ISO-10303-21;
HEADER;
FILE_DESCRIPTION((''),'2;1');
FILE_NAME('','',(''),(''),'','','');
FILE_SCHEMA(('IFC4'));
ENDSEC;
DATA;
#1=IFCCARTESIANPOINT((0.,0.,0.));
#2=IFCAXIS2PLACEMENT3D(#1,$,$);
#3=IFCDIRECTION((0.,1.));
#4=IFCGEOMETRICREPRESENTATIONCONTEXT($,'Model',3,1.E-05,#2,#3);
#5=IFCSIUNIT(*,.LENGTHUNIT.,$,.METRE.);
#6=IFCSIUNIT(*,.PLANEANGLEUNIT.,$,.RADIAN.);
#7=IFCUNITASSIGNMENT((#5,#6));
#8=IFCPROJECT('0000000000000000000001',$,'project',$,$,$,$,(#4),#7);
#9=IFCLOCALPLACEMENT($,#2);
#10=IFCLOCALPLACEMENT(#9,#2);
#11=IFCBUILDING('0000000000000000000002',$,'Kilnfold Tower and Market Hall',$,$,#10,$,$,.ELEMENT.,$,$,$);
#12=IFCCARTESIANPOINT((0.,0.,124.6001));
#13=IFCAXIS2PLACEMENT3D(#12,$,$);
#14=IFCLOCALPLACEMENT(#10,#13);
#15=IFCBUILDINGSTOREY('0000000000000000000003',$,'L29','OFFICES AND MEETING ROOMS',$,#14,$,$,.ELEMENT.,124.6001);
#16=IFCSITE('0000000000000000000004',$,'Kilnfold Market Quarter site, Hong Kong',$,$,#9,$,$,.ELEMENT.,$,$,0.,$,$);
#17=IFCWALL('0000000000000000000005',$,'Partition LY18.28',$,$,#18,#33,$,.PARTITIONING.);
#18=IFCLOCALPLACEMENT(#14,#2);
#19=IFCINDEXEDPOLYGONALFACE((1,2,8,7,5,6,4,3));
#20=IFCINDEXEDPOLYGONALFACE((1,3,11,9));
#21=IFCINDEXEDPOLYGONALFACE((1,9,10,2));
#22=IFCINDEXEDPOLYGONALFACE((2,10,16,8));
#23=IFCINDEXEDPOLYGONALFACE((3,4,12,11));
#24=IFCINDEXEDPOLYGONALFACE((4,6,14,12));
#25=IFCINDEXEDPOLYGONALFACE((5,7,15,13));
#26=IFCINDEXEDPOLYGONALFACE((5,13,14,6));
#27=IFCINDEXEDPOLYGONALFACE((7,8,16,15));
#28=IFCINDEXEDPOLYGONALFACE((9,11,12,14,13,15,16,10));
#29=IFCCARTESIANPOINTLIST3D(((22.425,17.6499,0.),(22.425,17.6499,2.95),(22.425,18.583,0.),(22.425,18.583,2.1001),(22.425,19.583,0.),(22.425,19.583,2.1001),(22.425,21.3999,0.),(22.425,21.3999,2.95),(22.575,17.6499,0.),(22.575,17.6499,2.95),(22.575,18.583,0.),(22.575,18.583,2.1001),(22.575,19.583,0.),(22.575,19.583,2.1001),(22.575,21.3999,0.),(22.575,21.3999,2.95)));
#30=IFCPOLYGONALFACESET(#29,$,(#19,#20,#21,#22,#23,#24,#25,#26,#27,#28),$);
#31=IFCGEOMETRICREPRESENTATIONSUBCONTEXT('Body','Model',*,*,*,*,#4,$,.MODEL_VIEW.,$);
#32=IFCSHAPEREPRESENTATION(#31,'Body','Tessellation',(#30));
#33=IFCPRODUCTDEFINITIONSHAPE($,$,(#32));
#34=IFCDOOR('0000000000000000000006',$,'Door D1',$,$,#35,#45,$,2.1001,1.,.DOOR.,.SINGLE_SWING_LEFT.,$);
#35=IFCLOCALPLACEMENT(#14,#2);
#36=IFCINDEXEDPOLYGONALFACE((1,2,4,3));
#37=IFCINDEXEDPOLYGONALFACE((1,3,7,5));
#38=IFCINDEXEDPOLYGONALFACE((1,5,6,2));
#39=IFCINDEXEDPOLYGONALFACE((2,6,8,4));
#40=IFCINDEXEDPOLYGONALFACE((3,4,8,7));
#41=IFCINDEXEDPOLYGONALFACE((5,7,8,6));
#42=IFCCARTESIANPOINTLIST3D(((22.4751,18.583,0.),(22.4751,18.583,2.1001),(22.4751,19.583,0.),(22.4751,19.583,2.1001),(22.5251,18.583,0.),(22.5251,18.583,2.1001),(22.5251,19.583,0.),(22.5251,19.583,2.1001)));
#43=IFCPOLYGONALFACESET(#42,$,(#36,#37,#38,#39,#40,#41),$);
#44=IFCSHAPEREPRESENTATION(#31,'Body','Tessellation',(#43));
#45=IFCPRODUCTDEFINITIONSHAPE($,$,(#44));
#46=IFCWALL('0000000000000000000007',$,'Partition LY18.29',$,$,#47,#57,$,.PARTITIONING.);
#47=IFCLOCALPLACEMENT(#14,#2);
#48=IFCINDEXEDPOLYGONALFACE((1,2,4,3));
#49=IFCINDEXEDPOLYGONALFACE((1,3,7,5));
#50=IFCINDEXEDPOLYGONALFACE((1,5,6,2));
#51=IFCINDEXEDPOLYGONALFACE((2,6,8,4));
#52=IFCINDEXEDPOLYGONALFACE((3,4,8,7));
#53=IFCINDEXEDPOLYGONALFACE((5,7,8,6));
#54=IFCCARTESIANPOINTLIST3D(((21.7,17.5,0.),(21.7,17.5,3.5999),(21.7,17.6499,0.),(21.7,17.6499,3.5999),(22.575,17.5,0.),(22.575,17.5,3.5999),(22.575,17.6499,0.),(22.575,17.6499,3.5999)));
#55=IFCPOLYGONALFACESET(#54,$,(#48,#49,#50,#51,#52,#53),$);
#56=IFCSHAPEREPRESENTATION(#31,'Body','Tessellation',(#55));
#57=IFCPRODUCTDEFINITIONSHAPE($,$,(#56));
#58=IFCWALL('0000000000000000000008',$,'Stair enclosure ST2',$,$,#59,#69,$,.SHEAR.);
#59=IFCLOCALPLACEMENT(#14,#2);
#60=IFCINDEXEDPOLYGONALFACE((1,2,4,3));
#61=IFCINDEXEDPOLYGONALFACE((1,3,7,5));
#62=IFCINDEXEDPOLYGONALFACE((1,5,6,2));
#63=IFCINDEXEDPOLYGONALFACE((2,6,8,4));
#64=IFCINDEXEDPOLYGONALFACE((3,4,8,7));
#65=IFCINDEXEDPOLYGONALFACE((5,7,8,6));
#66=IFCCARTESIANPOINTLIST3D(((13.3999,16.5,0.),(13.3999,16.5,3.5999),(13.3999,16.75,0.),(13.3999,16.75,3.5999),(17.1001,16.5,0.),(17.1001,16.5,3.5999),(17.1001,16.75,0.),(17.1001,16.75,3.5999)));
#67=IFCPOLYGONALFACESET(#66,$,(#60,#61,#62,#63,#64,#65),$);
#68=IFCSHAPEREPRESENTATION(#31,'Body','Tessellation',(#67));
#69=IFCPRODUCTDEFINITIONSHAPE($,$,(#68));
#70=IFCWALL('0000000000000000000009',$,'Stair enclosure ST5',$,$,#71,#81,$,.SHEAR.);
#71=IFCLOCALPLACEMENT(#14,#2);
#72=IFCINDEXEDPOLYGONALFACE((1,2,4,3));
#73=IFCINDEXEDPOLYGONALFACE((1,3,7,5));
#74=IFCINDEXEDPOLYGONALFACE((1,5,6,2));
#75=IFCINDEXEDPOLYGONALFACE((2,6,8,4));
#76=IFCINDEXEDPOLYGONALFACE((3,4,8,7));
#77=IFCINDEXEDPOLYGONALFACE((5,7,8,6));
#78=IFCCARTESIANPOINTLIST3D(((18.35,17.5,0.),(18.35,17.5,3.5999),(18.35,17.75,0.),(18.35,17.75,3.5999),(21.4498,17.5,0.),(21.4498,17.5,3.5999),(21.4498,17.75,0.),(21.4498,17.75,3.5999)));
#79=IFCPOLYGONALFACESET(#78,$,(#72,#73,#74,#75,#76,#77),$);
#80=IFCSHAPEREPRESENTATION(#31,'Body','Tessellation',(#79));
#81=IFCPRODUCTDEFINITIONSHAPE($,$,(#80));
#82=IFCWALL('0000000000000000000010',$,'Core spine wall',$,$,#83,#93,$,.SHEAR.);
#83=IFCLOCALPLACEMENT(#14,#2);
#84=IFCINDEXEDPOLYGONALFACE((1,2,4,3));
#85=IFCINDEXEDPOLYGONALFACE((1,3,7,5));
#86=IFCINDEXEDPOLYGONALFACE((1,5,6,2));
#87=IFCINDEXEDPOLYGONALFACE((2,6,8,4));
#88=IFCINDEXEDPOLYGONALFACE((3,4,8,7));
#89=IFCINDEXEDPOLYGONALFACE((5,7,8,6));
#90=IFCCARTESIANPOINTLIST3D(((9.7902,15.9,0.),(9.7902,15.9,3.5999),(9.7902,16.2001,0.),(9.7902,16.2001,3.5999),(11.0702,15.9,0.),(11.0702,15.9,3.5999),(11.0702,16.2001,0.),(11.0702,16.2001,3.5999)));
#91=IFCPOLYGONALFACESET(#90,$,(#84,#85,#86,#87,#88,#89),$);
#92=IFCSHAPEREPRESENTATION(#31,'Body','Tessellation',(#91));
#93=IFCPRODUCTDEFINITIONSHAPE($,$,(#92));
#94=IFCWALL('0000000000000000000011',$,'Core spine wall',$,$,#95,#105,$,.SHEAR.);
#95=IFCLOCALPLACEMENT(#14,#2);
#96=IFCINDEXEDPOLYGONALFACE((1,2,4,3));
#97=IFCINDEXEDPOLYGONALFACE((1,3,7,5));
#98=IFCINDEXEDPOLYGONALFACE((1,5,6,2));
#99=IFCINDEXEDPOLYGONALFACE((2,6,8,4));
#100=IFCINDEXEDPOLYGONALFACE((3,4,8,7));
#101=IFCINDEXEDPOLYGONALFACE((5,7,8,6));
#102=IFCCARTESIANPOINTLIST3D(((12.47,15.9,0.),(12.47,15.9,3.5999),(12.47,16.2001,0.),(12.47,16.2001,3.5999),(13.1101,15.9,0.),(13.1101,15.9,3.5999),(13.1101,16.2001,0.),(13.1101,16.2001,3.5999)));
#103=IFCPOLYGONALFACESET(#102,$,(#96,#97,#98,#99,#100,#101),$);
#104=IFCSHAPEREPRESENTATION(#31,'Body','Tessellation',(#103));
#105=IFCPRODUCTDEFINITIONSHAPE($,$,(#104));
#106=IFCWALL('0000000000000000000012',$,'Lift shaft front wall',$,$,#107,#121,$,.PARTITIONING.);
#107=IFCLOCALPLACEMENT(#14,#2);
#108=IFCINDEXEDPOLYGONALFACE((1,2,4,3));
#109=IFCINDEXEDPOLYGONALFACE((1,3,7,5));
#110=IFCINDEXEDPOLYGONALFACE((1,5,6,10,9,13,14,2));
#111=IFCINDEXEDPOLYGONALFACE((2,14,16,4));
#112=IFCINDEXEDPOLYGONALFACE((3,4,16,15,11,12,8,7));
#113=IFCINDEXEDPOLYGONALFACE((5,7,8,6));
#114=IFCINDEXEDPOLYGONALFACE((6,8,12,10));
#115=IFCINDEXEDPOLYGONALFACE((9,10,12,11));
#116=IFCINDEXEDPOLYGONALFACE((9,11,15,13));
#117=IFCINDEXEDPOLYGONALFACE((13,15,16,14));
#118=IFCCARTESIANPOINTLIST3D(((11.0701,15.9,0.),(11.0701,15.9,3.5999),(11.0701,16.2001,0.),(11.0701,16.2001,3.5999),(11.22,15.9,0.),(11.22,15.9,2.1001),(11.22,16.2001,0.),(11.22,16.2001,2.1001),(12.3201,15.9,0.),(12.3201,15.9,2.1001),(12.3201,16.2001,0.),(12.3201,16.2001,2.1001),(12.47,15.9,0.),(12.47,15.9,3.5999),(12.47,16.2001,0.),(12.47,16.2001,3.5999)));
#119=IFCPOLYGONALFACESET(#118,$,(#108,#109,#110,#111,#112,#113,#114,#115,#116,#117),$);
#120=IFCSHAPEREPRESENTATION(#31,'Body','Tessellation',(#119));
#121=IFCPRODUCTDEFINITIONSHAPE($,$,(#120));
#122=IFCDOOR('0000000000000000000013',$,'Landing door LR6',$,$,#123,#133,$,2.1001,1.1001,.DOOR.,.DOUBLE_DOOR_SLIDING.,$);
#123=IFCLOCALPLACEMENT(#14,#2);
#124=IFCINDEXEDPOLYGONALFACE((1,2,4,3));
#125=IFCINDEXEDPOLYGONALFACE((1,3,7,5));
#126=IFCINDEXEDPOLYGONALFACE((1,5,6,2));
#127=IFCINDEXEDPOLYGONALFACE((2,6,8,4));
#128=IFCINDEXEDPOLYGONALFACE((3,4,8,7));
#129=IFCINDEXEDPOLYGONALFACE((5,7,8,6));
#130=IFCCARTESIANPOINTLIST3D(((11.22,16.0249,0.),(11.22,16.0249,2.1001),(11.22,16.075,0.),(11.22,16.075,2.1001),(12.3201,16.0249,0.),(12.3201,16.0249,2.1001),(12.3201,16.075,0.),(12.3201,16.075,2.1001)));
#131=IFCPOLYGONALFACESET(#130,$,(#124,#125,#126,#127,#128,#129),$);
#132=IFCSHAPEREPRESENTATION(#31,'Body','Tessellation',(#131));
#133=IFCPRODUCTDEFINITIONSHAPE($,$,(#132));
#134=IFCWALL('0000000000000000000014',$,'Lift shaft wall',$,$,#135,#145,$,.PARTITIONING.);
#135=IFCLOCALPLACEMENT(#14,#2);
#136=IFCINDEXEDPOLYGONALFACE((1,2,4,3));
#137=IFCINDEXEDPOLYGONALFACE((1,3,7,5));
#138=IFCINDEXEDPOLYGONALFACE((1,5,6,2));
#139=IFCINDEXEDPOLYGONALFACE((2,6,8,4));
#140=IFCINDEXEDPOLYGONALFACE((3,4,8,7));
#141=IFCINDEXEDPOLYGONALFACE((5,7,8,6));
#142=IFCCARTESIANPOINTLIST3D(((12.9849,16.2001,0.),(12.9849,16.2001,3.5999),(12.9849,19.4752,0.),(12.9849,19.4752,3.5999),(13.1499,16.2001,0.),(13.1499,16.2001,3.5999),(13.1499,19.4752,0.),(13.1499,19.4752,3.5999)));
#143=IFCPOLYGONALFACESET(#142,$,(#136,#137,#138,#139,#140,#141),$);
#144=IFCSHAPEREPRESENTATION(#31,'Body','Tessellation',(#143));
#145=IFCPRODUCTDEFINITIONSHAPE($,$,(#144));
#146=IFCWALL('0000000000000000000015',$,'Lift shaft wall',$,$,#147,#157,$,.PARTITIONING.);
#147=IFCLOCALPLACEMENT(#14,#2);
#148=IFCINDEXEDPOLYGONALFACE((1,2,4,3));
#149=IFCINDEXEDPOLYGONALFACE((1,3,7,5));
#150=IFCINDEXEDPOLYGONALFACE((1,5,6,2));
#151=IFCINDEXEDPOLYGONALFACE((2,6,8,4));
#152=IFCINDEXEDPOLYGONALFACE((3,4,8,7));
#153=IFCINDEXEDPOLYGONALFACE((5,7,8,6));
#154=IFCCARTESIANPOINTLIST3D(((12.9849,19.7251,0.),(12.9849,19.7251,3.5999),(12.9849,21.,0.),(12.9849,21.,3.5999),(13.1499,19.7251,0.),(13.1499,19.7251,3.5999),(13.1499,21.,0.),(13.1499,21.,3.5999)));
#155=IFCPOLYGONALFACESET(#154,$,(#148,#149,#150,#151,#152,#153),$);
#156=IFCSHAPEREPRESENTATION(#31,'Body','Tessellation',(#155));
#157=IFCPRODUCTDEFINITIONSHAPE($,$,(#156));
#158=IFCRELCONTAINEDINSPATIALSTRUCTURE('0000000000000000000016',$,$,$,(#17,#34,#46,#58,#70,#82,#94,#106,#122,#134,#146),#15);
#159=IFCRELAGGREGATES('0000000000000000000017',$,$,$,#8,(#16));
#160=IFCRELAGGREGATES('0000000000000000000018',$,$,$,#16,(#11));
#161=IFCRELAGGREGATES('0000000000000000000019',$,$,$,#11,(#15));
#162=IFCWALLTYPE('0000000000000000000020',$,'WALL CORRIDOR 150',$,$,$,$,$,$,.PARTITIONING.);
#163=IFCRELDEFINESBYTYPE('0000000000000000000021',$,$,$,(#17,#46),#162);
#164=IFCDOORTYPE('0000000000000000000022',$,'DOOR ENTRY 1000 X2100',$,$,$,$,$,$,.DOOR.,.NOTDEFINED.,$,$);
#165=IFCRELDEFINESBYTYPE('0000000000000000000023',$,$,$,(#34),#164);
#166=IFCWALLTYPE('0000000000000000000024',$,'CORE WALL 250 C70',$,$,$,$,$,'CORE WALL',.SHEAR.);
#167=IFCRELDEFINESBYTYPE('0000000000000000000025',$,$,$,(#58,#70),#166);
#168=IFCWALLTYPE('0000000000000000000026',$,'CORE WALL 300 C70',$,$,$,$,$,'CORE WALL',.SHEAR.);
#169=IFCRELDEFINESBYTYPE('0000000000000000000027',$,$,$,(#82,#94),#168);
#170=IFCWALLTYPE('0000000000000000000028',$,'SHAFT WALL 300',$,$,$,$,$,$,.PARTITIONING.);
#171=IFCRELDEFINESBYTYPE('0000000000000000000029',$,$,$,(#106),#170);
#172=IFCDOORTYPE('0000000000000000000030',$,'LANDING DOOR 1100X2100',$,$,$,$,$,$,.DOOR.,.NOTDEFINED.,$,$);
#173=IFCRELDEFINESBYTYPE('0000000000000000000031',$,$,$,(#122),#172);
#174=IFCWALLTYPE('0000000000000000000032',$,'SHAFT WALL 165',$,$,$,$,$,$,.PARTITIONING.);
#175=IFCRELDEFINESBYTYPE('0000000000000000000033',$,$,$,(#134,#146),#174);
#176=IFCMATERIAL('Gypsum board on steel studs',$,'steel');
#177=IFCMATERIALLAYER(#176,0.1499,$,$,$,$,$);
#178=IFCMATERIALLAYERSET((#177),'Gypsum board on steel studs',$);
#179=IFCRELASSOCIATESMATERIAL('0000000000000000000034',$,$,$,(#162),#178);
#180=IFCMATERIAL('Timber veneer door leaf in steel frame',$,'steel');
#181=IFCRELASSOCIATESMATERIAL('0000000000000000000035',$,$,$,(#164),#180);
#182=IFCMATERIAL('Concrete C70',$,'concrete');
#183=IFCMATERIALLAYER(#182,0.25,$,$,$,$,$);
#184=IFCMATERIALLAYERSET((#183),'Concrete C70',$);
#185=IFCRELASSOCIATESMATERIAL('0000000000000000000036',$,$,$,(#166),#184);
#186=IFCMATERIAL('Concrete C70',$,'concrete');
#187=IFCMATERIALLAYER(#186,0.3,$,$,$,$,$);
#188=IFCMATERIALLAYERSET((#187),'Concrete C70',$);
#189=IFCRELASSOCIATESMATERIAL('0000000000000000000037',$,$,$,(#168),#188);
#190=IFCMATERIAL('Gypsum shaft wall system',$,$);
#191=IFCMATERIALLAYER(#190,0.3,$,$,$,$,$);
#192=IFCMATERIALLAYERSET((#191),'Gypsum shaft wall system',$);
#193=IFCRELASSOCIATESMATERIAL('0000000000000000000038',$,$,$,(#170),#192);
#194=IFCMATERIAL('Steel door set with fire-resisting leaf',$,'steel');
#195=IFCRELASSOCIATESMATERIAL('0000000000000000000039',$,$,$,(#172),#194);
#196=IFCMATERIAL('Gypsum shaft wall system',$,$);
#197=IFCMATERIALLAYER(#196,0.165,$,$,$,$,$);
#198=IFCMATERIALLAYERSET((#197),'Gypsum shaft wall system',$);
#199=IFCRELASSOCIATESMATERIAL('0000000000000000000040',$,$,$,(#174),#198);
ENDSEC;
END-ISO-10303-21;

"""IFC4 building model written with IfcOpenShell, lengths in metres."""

from ifc_helpers import new_model, si_unit, direction, frame, frame_2d, origin, place, context, subcontext, project, spatial, rectangle, extrude, source, transform, mapped, material, layer, layer_set, type_object, element, fill, save


model = new_model("IFC4")

# Units and contexts
model_context = context("Model", 3, precision=1e-05, world=origin(), true_north=direction((0.0, 1.0)))
body_context = subcontext(model_context, "Body", "Model", "MODEL_VIEW")
ifc_project = project(units=[si_unit("LENGTHUNIT", "METRE"), si_unit("PLANEANGLEUNIT", "RADIAN")], contexts=[model_context])

# Site, building, storey
site_placement = place(None, origin())
site = spatial("IfcSite", under=ifc_project, at=site_placement, Name="Kilnfold Market Quarter site, Hong Kong", CompositionType="ELEMENT", RefElevation=0.0)
building_placement = place(site_placement, origin())
building = spatial("IfcBuilding", under=site, at=building_placement, Name="Kilnfold Tower and Market Hall", CompositionType="ELEMENT")
storey_placement = place(building_placement, frame((0.0, 0.0, 124.6001)))
storey = spatial("IfcBuildingStorey", under=building, at=storey_placement, Name="L29", Description="OFFICES AND MEETING ROOMS", CompositionType="ELEMENT", Elevation=124.6001)

# Wall, opening, door
ifc_material_1 = material(Name="Gypsum board on steel studs", Category="steel")
ifc_layer_1 = layer(ifc_material_1, 0.1499)
ifc_layer_set_1 = layer_set([ifc_layer_1], Name="Gypsum board on steel studs")
wall_type_1 = type_object("IfcWallType", Name="WALL CORRIDOR 150", PredefinedType="PARTITIONING", material=ifc_layer_set_1)
wall_1_placement = place(storey_placement, frame((22.5, 17.6499, 0.0), z_axis=(0.0, 0.0, 1.0), x_axis=(0.0, 1.0, 0.0)))
wall_1 = element("IfcWall", 1, at=wall_1_placement, inside=storey, type_object=wall_type_1, Name="Partition LY18.28", PredefinedType="PARTITIONING", context=body_context, shape_type="SweptSolid", body=[
    extrude(rectangle(XDim=3.75, YDim=0.1499, at=frame_2d((1.875, 0.0))), origin(), (0.0, 0.0, 1.0), 2.95),
])
opening_1_placement = place(wall_1_placement, frame((0.9331, 0.0, 0.0)))
opening_1 = element("IfcOpeningElement", 2, at=opening_1_placement, cuts=wall_1, PredefinedType="OPENING", context=body_context, shape_type="SweptSolid", body=[
    extrude(rectangle(XDim=1.0, YDim=2.1001, at=frame_2d((0.5, 1.05))), frame((0.0, 0.085, 0.0), z_axis=(0.0, -1.0, 0.0), x_axis=(1.0, 0.0, 0.0)), (0.0, 0.0, 1.0), 0.1699),
])
ifc_material_2 = material(Name="Timber veneer door leaf in steel frame", Category="steel")
door_type_1 = type_object("IfcDoorType", Name="DOOR ENTRY 1000 X2100", OperationType="NOTDEFINED", PredefinedType="DOOR", material=ifc_material_2)
door_1_placement = place(opening_1_placement, origin())
door_1 = element("IfcDoor", 3, at=door_1_placement, inside=storey, type_object=door_type_1, Name="Door D1", OperationType="SINGLE_SWING_LEFT", OverallHeight=2.1001, OverallWidth=1.0, PredefinedType="DOOR", context=body_context, shape_type="SweptSolid", body=[
    extrude(rectangle(XDim=1.0, YDim=2.1001, at=frame_2d((0.5, 1.05))), frame((0.0, 0.0249, 0.0), z_axis=(0.0, -1.0, 0.0), x_axis=(1.0, 0.0, 0.0)), (0.0, 0.0, 1.0), 0.05),
])
fill(opening_1, door_1)

# Walls
wall_2_placement = place(storey_placement, frame((21.7, 17.575, 0.0), z_axis=(0.0, 0.0, 1.0), x_axis=(1.0, 0.0, 0.0)))
element("IfcWall", 4, at=wall_2_placement, inside=storey, type_object=wall_type_1, Name="Partition LY18.29", PredefinedType="PARTITIONING", context=body_context, shape_type="SweptSolid", body=[
    extrude(rectangle(XDim=0.875, YDim=0.1499, at=frame_2d((0.4375, 0.0))), origin(), (0.0, 0.0, 1.0), 3.5999),
])
ifc_material_3 = material(Name="Concrete C70", Category="concrete")
ifc_layer_2 = layer(ifc_material_3, 0.25)
ifc_layer_set_2 = layer_set([ifc_layer_2], Name="Concrete C70")
wall_type_2 = type_object("IfcWallType", Name="CORE WALL 250 C70", ElementType="CORE WALL", PredefinedType="SHEAR", material=ifc_layer_set_2)
shared_shape_1 = source(origin(), body_context, "Body", "SweptSolid", [
    extrude(rectangle(XDim=3.7002, YDim=0.25, at=frame_2d((1.8501, 0.0))), origin(), (0.0, 0.0, 1.0), 3.5999),
])
wall_3_placement = place(storey_placement, frame((13.3999, 16.625, 0.0), z_axis=(0.0, 0.0, 1.0), x_axis=(1.0, 0.0, 0.0)))
element("IfcWall", 5, at=wall_3_placement, inside=storey, type_object=wall_type_2, Name="Stair enclosure ST2", PredefinedType="SHEAR", context=body_context, shape_type="MappedRepresentation", body=[
    mapped(shared_shape_1, transform((0.0, 0.0, 0.0))),
])
shared_shape_2 = source(origin(), body_context, "Body", "SweptSolid", [
    extrude(rectangle(XDim=3.0999, YDim=0.25, at=frame_2d((1.5498, 0.0))), origin(), (0.0, 0.0, 1.0), 3.5999),
])
wall_4_placement = place(storey_placement, frame((18.3501, 17.625, 0.0), z_axis=(0.0, 0.0, 1.0), x_axis=(1.0, 0.0, 0.0)))
element("IfcWall", 6, at=wall_4_placement, inside=storey, type_object=wall_type_2, Name="Stair enclosure ST5", PredefinedType="SHEAR", context=body_context, shape_type="MappedRepresentation", body=[
    mapped(shared_shape_2, transform((0.0, 0.0, 0.0))),
])
ifc_material_4 = material(Name="Concrete C70", Category="concrete")
ifc_layer_3 = layer(ifc_material_4, 0.3)
ifc_layer_set_3 = layer_set([ifc_layer_3], Name="Concrete C70")
wall_type_3 = type_object("IfcWallType", Name="CORE WALL 300 C70", ElementType="CORE WALL", PredefinedType="SHEAR", material=ifc_layer_set_3)
shared_shape_3 = source(origin(), body_context, "Body", "SweptSolid", [
    extrude(rectangle(XDim=1.28, YDim=0.3, at=frame_2d((0.6401, 0.0))), origin(), (0.0, 0.0, 1.0), 3.5999),
])
wall_5_placement = place(storey_placement, frame((9.79, 16.05, 0.0), z_axis=(0.0, 0.0, 1.0), x_axis=(1.0, 0.0, 0.0)))
element("IfcWall", 7, at=wall_5_placement, inside=storey, type_object=wall_type_3, Name="Core spine wall", PredefinedType="SHEAR", context=body_context, shape_type="MappedRepresentation", body=[
    mapped(shared_shape_3, transform((0.0, 0.0, 0.0))),
])
shared_shape_4 = source(origin(), body_context, "Body", "SweptSolid", [
    extrude(rectangle(XDim=0.6401, YDim=0.3, at=frame_2d((0.3201, 0.0))), origin(), (0.0, 0.0, 1.0), 3.5999),
])
wall_6_placement = place(storey_placement, frame((12.47, 16.05, 0.0), z_axis=(0.0, 0.0, 1.0), x_axis=(1.0, 0.0, 0.0)))
element("IfcWall", 8, at=wall_6_placement, inside=storey, type_object=wall_type_3, Name="Core spine wall", PredefinedType="SHEAR", context=body_context, shape_type="MappedRepresentation", body=[
    mapped(shared_shape_4, transform((0.0, 0.0, 0.0))),
])

# Wall, opening, door
ifc_material_5 = material(Name="Gypsum shaft wall system")
ifc_layer_4 = layer(ifc_material_5, 0.3)
ifc_layer_set_4 = layer_set([ifc_layer_4], Name="Gypsum shaft wall system")
wall_type_4 = type_object("IfcWallType", Name="SHAFT WALL 300", PredefinedType="PARTITIONING", material=ifc_layer_set_4)
shared_shape_5 = source(origin(), body_context, "Body", "SweptSolid", [
    extrude(rectangle(XDim=1.3999, YDim=0.3, at=frame_2d((0.7, 0.0))), origin(), (0.0, 0.0, 1.0), 3.5999),
])
wall_7_placement = place(storey_placement, frame((11.0701, 16.05, 0.0), z_axis=(0.0, 0.0, 1.0), x_axis=(1.0, 0.0, 0.0)))
wall_7 = element("IfcWall", 9, at=wall_7_placement, inside=storey, type_object=wall_type_4, Name="Lift shaft front wall", PredefinedType="PARTITIONING", context=body_context, shape_type="MappedRepresentation", body=[
    mapped(shared_shape_5, transform((0.0, 0.0, 0.0))),
])
opening_2_placement = place(wall_7_placement, frame((0.1499, 0.0, 0.0)))
opening_2 = element("IfcOpeningElement", 10, at=opening_2_placement, cuts=wall_7, PredefinedType="OPENING", context=body_context, shape_type="SweptSolid", body=[
    extrude(rectangle(XDim=1.1001, YDim=2.1001, at=frame_2d((0.55, 1.05))), frame((0.0, 0.1602, 0.0), z_axis=(0.0, -1.0, 0.0), x_axis=(1.0, 0.0, 0.0)), (0.0, 0.0, 1.0), 0.3201),
])
ifc_material_6 = material(Name="Steel door set with fire-resisting leaf", Category="steel")
door_type_2 = type_object("IfcDoorType", Name="LANDING DOOR 1100X2100", OperationType="NOTDEFINED", PredefinedType="DOOR", material=ifc_material_6)
door_2_placement = place(opening_2_placement, origin())
door_2 = element("IfcDoor", 11, at=door_2_placement, inside=storey, type_object=door_type_2, Name="Landing door LR6", OperationType="DOUBLE_DOOR_SLIDING", OverallHeight=2.1001, OverallWidth=1.1001, PredefinedType="DOOR", context=body_context, shape_type="SweptSolid", body=[
    extrude(rectangle(XDim=1.1001, YDim=2.1001, at=frame_2d((0.55, 1.05))), frame((0.0, 0.0249, 0.0), z_axis=(0.0, -1.0, 0.0), x_axis=(1.0, 0.0, 0.0)), (0.0, 0.0, 1.0), 0.05),
])
fill(opening_2, door_2)

# Walls
ifc_material_7 = material(Name="Gypsum shaft wall system")
ifc_layer_5 = layer(ifc_material_7, 0.165)
ifc_layer_set_5 = layer_set([ifc_layer_5], Name="Gypsum shaft wall system")
wall_type_5 = type_object("IfcWallType", Name="SHAFT WALL 165", PredefinedType="PARTITIONING", material=ifc_layer_set_5)
shared_shape_6 = source(origin(), body_context, "Body", "SweptSolid", [
    extrude(rectangle(XDim=3.2751, YDim=0.165, at=frame_2d((1.6377, 0.0))), origin(), (0.0, 0.0, 1.0), 3.5999),
])
wall_8_placement = place(storey_placement, frame((13.0674, 16.2, 0.0), z_axis=(0.0, 0.0, 1.0), x_axis=(0.0, 1.0, 0.0)))
element("IfcWall", 12, at=wall_8_placement, inside=storey, type_object=wall_type_5, Name="Lift shaft wall", PredefinedType="PARTITIONING", context=body_context, shape_type="MappedRepresentation", body=[
    mapped(shared_shape_6, transform((0.0, 0.0, 0.0))),
])
shared_shape_7 = source(origin(), body_context, "Body", "SweptSolid", [
    extrude(rectangle(XDim=1.2749, YDim=0.165, at=frame_2d((0.6375, 0.0))), origin(), (0.0, 0.0, 1.0), 3.5999),
])
wall_9_placement = place(storey_placement, frame((13.0674, 19.7251, 0.0), z_axis=(0.0, 0.0, 1.0), x_axis=(0.0, 1.0, 0.0)))
element("IfcWall", 13, at=wall_9_placement, inside=storey, type_object=wall_type_5, Name="Lift shaft wall", PredefinedType="PARTITIONING", context=body_context, shape_type="MappedRepresentation", body=[
    mapped(shared_shape_7, transform((0.0, 0.0, 0.0))),
])

save(model, "model.ifc")
